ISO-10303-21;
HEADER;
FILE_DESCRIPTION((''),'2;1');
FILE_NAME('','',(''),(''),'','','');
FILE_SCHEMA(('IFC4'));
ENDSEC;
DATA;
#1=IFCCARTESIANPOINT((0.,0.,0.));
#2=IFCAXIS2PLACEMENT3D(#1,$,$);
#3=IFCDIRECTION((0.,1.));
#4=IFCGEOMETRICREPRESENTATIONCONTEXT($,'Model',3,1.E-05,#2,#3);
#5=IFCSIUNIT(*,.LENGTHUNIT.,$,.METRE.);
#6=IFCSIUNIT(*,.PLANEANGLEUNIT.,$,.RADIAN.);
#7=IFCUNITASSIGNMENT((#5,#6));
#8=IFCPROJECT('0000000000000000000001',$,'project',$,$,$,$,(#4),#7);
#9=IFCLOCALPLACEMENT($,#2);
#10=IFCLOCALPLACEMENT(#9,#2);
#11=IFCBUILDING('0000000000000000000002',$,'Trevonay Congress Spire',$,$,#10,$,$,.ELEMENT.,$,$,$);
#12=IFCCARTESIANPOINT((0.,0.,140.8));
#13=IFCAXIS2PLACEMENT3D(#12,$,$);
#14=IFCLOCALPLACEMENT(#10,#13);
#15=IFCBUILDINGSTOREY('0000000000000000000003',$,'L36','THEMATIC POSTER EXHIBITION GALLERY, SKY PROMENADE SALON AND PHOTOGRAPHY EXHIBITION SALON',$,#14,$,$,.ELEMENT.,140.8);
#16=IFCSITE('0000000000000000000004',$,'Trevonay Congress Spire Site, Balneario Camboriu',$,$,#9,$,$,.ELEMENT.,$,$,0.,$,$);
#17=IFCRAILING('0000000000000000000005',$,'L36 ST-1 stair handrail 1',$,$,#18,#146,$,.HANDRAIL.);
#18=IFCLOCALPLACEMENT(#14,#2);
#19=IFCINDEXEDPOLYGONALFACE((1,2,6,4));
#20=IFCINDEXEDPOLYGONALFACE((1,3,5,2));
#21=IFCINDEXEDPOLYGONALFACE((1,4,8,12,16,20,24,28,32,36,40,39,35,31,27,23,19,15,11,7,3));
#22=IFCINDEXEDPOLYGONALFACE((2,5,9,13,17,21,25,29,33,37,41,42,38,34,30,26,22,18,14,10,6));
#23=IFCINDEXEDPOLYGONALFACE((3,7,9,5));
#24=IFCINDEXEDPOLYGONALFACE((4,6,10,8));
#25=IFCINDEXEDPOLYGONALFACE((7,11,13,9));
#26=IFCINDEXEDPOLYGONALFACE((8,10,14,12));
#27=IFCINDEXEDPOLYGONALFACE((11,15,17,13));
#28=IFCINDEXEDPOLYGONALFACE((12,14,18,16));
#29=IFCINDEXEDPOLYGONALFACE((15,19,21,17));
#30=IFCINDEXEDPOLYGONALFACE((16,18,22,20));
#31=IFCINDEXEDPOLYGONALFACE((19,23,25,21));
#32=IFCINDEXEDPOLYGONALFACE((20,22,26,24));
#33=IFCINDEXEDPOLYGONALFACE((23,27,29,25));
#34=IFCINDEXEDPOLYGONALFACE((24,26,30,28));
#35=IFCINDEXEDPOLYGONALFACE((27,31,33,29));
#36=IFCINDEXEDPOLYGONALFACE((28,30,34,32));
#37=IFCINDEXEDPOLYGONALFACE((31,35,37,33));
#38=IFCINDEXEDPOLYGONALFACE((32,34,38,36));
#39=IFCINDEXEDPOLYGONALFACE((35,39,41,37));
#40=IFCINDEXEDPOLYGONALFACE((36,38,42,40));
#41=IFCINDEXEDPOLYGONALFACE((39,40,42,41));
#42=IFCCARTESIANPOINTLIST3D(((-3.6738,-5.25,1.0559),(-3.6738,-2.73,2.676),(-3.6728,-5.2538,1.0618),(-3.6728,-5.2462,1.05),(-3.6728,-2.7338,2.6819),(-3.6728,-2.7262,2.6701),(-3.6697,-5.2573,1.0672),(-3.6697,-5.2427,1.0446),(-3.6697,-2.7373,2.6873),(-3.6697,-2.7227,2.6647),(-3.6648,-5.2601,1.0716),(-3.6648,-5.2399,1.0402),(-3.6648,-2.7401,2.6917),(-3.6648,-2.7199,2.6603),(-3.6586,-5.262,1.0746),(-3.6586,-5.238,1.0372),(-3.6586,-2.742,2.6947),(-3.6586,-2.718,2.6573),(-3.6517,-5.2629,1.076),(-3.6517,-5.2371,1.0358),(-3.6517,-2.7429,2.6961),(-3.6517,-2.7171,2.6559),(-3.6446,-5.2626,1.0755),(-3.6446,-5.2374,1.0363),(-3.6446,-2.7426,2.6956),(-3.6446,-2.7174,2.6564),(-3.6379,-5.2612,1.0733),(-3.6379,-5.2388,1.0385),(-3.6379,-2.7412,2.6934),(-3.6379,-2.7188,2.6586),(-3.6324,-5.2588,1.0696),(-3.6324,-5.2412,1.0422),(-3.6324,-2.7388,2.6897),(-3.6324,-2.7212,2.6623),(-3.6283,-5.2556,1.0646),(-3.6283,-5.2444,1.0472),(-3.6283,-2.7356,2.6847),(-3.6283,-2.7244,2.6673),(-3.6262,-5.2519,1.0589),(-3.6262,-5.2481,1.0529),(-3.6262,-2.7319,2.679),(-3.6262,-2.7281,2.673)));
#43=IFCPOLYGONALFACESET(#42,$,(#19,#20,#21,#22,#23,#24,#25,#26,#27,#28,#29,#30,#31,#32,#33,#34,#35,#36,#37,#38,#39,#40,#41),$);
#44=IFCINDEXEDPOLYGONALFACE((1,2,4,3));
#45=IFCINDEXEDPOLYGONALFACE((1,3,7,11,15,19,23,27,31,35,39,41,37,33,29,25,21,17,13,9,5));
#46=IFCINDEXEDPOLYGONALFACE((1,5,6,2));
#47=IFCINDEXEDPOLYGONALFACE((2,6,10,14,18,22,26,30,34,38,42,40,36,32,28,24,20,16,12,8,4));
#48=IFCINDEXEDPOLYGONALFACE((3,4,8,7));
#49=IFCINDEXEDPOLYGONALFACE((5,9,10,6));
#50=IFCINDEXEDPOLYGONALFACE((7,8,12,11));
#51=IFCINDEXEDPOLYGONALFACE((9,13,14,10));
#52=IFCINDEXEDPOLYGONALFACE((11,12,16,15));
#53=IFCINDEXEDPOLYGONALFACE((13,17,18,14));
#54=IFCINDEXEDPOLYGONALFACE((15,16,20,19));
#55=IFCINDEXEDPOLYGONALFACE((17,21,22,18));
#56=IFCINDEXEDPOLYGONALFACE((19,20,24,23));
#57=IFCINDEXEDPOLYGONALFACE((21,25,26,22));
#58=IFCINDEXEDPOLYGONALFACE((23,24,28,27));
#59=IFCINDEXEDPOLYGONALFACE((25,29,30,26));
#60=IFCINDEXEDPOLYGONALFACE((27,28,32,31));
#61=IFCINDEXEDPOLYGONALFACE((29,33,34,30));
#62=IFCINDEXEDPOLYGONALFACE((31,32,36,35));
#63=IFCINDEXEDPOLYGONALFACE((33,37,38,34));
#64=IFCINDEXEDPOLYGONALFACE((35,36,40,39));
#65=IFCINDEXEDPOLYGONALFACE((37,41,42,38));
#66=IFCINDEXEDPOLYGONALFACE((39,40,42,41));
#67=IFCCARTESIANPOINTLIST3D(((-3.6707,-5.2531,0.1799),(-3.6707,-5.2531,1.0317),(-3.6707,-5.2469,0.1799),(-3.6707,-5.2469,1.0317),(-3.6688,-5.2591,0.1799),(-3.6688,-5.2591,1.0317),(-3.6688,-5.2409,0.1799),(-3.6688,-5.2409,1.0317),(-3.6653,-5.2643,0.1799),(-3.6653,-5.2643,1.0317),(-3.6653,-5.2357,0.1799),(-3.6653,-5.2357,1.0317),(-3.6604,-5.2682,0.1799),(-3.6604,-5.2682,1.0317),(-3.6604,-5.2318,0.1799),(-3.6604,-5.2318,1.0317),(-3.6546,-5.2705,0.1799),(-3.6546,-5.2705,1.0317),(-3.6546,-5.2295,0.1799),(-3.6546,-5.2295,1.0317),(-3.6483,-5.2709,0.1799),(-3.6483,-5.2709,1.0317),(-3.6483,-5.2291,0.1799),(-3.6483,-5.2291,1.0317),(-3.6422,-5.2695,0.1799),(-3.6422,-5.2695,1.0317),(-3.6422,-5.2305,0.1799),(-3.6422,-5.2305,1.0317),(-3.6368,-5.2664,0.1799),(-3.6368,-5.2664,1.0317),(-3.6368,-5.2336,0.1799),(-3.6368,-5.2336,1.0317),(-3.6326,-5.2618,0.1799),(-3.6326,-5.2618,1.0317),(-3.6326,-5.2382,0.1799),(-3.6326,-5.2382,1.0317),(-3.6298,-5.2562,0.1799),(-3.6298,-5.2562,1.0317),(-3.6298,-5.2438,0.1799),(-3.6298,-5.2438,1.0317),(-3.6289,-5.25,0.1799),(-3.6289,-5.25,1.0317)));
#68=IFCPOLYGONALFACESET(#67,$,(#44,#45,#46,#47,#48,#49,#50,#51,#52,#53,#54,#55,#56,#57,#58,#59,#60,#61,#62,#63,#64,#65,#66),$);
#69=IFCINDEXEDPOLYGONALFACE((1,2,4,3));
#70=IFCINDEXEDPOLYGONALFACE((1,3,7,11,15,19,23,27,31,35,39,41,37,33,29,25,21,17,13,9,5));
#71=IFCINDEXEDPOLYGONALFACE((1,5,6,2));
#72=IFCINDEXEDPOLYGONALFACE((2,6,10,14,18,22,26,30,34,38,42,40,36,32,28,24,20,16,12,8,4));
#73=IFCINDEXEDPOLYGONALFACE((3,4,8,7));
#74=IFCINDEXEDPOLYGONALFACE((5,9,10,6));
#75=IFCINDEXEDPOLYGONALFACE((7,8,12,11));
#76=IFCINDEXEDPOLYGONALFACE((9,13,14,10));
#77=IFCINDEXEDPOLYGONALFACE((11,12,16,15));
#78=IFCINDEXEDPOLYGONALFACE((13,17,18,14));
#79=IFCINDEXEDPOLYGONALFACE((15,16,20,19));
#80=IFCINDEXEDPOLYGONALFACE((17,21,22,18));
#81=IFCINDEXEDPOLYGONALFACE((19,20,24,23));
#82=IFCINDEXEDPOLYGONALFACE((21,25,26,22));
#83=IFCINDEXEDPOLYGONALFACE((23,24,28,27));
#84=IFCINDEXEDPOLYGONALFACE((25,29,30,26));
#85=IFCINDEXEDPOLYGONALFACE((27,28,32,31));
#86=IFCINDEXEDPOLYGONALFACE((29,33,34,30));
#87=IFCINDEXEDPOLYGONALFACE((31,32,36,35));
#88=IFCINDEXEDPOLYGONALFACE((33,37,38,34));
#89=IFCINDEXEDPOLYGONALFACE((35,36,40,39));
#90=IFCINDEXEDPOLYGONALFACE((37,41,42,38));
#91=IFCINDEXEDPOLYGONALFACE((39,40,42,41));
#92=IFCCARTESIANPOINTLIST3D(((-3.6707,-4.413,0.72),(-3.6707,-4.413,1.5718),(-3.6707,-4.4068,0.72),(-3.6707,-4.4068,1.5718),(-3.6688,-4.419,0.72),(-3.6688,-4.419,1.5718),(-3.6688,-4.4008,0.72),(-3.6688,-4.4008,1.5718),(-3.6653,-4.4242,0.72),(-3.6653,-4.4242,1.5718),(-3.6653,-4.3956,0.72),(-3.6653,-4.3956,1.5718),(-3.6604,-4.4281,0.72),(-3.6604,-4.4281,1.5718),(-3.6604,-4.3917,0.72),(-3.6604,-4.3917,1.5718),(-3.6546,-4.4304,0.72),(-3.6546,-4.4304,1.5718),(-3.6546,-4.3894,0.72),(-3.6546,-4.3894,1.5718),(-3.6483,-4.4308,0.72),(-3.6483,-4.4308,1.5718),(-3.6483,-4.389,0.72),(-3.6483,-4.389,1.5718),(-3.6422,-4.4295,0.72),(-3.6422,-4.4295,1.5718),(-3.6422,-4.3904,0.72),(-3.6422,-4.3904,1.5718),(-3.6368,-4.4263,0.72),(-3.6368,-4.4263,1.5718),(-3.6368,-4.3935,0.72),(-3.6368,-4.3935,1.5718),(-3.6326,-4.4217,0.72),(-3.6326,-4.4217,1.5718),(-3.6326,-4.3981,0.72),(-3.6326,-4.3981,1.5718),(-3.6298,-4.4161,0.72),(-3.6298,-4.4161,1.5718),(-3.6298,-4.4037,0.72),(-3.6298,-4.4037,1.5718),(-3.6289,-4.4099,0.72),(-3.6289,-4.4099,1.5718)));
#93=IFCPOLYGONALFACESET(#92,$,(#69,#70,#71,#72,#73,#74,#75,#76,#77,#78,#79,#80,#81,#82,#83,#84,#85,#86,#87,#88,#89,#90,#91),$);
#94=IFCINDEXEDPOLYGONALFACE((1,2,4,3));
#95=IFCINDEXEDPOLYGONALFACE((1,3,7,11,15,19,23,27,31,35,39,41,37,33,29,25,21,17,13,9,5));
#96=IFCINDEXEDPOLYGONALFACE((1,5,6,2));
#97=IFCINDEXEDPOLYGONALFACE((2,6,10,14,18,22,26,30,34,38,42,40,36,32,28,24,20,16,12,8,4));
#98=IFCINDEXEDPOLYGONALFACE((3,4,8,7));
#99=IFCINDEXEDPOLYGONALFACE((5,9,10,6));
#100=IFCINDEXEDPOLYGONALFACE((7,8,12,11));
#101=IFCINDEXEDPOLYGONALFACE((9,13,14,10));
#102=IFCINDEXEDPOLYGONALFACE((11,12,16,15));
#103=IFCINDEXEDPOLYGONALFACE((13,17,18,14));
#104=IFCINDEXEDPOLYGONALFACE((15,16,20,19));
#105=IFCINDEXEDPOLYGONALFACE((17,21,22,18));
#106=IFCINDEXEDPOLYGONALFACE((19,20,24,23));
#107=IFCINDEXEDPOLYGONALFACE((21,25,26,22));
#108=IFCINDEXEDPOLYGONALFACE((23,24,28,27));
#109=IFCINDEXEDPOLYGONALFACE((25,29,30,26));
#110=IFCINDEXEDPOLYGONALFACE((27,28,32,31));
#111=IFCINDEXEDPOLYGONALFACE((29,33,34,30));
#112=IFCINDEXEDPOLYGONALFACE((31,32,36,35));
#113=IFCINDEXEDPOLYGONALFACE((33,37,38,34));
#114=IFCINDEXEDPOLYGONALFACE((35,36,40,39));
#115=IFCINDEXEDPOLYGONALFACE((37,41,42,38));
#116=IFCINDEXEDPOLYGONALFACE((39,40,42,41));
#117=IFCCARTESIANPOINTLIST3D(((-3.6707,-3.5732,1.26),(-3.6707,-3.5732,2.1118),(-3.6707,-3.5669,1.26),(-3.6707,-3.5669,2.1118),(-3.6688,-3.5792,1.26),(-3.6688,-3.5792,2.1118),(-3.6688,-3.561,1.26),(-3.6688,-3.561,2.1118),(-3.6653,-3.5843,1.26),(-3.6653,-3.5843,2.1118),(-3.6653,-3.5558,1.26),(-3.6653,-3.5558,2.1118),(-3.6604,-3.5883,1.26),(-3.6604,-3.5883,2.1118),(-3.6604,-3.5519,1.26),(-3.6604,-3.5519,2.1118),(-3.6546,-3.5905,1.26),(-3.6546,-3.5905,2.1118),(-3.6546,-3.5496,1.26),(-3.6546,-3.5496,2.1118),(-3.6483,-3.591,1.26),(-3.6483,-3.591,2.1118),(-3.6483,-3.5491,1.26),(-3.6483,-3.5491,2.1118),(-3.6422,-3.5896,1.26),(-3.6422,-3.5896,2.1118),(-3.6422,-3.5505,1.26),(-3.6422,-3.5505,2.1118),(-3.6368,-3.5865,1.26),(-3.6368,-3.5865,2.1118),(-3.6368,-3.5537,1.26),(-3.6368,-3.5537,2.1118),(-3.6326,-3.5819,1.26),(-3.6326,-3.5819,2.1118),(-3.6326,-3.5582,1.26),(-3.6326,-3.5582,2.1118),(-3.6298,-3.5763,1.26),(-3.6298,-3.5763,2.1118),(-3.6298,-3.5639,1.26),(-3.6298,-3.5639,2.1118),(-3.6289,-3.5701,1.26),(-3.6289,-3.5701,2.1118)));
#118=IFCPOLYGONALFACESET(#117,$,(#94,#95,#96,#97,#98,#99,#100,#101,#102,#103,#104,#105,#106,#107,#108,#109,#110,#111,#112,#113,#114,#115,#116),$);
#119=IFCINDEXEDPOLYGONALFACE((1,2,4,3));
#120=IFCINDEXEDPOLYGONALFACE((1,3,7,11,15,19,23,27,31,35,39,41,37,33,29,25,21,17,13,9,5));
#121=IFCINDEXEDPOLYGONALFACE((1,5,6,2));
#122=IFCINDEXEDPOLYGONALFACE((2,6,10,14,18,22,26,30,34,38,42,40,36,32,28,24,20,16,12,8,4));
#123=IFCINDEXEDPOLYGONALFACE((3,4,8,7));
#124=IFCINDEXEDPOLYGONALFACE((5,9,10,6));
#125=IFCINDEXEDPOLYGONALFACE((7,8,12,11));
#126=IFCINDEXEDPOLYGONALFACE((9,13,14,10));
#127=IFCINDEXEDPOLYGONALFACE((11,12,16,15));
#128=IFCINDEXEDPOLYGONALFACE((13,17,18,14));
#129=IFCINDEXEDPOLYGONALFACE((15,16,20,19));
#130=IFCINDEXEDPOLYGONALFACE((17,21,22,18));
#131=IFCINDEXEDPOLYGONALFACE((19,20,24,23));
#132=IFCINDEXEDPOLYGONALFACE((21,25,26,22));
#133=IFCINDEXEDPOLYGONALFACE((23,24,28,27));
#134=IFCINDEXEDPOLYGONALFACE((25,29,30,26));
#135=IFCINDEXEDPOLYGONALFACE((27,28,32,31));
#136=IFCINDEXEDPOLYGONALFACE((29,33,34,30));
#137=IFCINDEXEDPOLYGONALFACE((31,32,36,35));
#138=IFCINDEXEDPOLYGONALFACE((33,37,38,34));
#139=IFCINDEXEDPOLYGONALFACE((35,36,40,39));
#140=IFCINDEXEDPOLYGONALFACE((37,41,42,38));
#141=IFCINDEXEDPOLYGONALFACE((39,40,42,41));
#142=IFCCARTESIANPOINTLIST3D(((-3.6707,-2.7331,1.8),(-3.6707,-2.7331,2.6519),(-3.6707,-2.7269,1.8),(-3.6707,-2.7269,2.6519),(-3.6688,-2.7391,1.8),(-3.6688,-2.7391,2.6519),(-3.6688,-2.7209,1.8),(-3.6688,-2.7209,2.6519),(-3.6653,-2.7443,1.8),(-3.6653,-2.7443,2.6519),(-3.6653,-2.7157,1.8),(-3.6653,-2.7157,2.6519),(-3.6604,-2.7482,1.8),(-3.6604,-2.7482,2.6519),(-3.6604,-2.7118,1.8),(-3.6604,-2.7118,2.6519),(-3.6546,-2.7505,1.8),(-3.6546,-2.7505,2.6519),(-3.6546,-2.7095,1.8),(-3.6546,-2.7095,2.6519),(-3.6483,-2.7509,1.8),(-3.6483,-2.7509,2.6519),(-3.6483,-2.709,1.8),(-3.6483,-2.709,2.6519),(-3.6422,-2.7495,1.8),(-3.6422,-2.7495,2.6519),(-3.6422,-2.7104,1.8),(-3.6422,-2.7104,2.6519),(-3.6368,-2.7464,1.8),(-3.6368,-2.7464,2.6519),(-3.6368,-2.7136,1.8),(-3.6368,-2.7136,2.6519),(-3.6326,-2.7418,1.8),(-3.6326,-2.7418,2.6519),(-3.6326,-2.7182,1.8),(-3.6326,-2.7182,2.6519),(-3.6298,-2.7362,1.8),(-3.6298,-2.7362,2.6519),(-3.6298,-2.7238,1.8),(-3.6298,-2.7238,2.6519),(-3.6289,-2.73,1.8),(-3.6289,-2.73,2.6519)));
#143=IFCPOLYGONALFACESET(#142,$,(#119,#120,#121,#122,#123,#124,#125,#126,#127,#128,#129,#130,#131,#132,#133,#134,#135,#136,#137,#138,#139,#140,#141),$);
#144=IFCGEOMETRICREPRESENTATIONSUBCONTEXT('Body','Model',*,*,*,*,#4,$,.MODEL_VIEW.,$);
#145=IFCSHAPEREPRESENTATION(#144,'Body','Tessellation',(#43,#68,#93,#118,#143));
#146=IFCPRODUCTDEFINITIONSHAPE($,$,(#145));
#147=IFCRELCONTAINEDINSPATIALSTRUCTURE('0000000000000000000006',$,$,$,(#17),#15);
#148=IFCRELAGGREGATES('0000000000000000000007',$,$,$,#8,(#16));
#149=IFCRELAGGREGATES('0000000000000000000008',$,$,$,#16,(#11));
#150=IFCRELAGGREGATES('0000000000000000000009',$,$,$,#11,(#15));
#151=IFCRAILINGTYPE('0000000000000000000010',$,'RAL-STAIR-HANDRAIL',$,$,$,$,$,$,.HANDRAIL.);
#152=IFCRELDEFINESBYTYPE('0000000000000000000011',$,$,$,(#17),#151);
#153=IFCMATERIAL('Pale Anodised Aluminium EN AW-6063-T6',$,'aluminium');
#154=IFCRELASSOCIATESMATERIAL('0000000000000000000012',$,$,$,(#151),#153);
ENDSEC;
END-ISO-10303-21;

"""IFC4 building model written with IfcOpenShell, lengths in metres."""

from ifc_helpers import new_model, si_unit, direction, frame, origin, origin_2d, place, context, subcontext, project, spatial, circle, extrude, material, type_object, element, save


model = new_model("IFC4")

# Units and contexts
model_context = context("Model", 3, precision=1e-05, world=origin(), true_north=direction((0.0, 1.0)))
body_context = subcontext(model_context, "Body", "Model", "MODEL_VIEW")
ifc_project = project(units=[si_unit("LENGTHUNIT", "METRE"), si_unit("PLANEANGLEUNIT", "RADIAN")], contexts=[model_context])

# Site, building, storey
site_placement = place(None, origin())
site = spatial("IfcSite", under=ifc_project, at=site_placement, Name="Trevonay Congress Spire Site, Balneario Camboriu", CompositionType="ELEMENT", RefElevation=0.0)
building_placement = place(site_placement, origin())
building = spatial("IfcBuilding", under=site, at=building_placement, Name="Trevonay Congress Spire", CompositionType="ELEMENT")
storey_placement = place(building_placement, frame((0.0, 0.0, 140.8)))
storey = spatial("IfcBuildingStorey", under=building, at=storey_placement, Name="L36", Description="THEMATIC POSTER EXHIBITION GALLERY, SKY PROMENADE SALON AND PHOTOGRAPHY EXHIBITION SALON", CompositionType="ELEMENT", Elevation=140.8)

# Shared definitions
ifc_material_1 = material(Name="Pale Anodised Aluminium EN AW-6063-T6", Category="aluminium")

# Railing
railing_type_1 = type_object("IfcRailingType", Name="RAL-STAIR-HANDRAIL", PredefinedType="HANDRAIL", material=ifc_material_1)
railing_1_placement = place(storey_placement, frame((-3.6499, -5.25, 0.1799)))
element("IfcRailing", 1, at=railing_1_placement, inside=storey, type_object=railing_type_1, Name="L36 ST-1 stair handrail 1", PredefinedType="HANDRAIL", context=body_context, shape_type="SweptSolid", body=[
    extrude(circle(Radius=0.0239, at=origin_2d()), frame((0.0, 0.0, 0.876), z_axis=(0.0, 0.841163, 0.540782), x_axis=(-1.0, 0.0, 0.0)), (0.0, 0.0, 1.0), 2.9958),
    extrude(circle(Radius=0.021, at=origin_2d()), origin(), (0.0, 0.0, 1.0), 0.8518),
    extrude(circle(Radius=0.021, at=origin_2d()), frame((0.0, 0.8401, 0.54)), (0.0, 0.0, 1.0), 0.8518),
    extrude(circle(Radius=0.021, at=origin_2d()), frame((0.0, 1.6799, 1.0801)), (0.0, 0.0, 1.0), 0.8518),
    extrude(circle(Radius=0.021, at=origin_2d()), frame((0.0, 2.52, 1.6201)), (0.0, 0.0, 1.0), 0.8518),
])

save(model, "model.ifc")
